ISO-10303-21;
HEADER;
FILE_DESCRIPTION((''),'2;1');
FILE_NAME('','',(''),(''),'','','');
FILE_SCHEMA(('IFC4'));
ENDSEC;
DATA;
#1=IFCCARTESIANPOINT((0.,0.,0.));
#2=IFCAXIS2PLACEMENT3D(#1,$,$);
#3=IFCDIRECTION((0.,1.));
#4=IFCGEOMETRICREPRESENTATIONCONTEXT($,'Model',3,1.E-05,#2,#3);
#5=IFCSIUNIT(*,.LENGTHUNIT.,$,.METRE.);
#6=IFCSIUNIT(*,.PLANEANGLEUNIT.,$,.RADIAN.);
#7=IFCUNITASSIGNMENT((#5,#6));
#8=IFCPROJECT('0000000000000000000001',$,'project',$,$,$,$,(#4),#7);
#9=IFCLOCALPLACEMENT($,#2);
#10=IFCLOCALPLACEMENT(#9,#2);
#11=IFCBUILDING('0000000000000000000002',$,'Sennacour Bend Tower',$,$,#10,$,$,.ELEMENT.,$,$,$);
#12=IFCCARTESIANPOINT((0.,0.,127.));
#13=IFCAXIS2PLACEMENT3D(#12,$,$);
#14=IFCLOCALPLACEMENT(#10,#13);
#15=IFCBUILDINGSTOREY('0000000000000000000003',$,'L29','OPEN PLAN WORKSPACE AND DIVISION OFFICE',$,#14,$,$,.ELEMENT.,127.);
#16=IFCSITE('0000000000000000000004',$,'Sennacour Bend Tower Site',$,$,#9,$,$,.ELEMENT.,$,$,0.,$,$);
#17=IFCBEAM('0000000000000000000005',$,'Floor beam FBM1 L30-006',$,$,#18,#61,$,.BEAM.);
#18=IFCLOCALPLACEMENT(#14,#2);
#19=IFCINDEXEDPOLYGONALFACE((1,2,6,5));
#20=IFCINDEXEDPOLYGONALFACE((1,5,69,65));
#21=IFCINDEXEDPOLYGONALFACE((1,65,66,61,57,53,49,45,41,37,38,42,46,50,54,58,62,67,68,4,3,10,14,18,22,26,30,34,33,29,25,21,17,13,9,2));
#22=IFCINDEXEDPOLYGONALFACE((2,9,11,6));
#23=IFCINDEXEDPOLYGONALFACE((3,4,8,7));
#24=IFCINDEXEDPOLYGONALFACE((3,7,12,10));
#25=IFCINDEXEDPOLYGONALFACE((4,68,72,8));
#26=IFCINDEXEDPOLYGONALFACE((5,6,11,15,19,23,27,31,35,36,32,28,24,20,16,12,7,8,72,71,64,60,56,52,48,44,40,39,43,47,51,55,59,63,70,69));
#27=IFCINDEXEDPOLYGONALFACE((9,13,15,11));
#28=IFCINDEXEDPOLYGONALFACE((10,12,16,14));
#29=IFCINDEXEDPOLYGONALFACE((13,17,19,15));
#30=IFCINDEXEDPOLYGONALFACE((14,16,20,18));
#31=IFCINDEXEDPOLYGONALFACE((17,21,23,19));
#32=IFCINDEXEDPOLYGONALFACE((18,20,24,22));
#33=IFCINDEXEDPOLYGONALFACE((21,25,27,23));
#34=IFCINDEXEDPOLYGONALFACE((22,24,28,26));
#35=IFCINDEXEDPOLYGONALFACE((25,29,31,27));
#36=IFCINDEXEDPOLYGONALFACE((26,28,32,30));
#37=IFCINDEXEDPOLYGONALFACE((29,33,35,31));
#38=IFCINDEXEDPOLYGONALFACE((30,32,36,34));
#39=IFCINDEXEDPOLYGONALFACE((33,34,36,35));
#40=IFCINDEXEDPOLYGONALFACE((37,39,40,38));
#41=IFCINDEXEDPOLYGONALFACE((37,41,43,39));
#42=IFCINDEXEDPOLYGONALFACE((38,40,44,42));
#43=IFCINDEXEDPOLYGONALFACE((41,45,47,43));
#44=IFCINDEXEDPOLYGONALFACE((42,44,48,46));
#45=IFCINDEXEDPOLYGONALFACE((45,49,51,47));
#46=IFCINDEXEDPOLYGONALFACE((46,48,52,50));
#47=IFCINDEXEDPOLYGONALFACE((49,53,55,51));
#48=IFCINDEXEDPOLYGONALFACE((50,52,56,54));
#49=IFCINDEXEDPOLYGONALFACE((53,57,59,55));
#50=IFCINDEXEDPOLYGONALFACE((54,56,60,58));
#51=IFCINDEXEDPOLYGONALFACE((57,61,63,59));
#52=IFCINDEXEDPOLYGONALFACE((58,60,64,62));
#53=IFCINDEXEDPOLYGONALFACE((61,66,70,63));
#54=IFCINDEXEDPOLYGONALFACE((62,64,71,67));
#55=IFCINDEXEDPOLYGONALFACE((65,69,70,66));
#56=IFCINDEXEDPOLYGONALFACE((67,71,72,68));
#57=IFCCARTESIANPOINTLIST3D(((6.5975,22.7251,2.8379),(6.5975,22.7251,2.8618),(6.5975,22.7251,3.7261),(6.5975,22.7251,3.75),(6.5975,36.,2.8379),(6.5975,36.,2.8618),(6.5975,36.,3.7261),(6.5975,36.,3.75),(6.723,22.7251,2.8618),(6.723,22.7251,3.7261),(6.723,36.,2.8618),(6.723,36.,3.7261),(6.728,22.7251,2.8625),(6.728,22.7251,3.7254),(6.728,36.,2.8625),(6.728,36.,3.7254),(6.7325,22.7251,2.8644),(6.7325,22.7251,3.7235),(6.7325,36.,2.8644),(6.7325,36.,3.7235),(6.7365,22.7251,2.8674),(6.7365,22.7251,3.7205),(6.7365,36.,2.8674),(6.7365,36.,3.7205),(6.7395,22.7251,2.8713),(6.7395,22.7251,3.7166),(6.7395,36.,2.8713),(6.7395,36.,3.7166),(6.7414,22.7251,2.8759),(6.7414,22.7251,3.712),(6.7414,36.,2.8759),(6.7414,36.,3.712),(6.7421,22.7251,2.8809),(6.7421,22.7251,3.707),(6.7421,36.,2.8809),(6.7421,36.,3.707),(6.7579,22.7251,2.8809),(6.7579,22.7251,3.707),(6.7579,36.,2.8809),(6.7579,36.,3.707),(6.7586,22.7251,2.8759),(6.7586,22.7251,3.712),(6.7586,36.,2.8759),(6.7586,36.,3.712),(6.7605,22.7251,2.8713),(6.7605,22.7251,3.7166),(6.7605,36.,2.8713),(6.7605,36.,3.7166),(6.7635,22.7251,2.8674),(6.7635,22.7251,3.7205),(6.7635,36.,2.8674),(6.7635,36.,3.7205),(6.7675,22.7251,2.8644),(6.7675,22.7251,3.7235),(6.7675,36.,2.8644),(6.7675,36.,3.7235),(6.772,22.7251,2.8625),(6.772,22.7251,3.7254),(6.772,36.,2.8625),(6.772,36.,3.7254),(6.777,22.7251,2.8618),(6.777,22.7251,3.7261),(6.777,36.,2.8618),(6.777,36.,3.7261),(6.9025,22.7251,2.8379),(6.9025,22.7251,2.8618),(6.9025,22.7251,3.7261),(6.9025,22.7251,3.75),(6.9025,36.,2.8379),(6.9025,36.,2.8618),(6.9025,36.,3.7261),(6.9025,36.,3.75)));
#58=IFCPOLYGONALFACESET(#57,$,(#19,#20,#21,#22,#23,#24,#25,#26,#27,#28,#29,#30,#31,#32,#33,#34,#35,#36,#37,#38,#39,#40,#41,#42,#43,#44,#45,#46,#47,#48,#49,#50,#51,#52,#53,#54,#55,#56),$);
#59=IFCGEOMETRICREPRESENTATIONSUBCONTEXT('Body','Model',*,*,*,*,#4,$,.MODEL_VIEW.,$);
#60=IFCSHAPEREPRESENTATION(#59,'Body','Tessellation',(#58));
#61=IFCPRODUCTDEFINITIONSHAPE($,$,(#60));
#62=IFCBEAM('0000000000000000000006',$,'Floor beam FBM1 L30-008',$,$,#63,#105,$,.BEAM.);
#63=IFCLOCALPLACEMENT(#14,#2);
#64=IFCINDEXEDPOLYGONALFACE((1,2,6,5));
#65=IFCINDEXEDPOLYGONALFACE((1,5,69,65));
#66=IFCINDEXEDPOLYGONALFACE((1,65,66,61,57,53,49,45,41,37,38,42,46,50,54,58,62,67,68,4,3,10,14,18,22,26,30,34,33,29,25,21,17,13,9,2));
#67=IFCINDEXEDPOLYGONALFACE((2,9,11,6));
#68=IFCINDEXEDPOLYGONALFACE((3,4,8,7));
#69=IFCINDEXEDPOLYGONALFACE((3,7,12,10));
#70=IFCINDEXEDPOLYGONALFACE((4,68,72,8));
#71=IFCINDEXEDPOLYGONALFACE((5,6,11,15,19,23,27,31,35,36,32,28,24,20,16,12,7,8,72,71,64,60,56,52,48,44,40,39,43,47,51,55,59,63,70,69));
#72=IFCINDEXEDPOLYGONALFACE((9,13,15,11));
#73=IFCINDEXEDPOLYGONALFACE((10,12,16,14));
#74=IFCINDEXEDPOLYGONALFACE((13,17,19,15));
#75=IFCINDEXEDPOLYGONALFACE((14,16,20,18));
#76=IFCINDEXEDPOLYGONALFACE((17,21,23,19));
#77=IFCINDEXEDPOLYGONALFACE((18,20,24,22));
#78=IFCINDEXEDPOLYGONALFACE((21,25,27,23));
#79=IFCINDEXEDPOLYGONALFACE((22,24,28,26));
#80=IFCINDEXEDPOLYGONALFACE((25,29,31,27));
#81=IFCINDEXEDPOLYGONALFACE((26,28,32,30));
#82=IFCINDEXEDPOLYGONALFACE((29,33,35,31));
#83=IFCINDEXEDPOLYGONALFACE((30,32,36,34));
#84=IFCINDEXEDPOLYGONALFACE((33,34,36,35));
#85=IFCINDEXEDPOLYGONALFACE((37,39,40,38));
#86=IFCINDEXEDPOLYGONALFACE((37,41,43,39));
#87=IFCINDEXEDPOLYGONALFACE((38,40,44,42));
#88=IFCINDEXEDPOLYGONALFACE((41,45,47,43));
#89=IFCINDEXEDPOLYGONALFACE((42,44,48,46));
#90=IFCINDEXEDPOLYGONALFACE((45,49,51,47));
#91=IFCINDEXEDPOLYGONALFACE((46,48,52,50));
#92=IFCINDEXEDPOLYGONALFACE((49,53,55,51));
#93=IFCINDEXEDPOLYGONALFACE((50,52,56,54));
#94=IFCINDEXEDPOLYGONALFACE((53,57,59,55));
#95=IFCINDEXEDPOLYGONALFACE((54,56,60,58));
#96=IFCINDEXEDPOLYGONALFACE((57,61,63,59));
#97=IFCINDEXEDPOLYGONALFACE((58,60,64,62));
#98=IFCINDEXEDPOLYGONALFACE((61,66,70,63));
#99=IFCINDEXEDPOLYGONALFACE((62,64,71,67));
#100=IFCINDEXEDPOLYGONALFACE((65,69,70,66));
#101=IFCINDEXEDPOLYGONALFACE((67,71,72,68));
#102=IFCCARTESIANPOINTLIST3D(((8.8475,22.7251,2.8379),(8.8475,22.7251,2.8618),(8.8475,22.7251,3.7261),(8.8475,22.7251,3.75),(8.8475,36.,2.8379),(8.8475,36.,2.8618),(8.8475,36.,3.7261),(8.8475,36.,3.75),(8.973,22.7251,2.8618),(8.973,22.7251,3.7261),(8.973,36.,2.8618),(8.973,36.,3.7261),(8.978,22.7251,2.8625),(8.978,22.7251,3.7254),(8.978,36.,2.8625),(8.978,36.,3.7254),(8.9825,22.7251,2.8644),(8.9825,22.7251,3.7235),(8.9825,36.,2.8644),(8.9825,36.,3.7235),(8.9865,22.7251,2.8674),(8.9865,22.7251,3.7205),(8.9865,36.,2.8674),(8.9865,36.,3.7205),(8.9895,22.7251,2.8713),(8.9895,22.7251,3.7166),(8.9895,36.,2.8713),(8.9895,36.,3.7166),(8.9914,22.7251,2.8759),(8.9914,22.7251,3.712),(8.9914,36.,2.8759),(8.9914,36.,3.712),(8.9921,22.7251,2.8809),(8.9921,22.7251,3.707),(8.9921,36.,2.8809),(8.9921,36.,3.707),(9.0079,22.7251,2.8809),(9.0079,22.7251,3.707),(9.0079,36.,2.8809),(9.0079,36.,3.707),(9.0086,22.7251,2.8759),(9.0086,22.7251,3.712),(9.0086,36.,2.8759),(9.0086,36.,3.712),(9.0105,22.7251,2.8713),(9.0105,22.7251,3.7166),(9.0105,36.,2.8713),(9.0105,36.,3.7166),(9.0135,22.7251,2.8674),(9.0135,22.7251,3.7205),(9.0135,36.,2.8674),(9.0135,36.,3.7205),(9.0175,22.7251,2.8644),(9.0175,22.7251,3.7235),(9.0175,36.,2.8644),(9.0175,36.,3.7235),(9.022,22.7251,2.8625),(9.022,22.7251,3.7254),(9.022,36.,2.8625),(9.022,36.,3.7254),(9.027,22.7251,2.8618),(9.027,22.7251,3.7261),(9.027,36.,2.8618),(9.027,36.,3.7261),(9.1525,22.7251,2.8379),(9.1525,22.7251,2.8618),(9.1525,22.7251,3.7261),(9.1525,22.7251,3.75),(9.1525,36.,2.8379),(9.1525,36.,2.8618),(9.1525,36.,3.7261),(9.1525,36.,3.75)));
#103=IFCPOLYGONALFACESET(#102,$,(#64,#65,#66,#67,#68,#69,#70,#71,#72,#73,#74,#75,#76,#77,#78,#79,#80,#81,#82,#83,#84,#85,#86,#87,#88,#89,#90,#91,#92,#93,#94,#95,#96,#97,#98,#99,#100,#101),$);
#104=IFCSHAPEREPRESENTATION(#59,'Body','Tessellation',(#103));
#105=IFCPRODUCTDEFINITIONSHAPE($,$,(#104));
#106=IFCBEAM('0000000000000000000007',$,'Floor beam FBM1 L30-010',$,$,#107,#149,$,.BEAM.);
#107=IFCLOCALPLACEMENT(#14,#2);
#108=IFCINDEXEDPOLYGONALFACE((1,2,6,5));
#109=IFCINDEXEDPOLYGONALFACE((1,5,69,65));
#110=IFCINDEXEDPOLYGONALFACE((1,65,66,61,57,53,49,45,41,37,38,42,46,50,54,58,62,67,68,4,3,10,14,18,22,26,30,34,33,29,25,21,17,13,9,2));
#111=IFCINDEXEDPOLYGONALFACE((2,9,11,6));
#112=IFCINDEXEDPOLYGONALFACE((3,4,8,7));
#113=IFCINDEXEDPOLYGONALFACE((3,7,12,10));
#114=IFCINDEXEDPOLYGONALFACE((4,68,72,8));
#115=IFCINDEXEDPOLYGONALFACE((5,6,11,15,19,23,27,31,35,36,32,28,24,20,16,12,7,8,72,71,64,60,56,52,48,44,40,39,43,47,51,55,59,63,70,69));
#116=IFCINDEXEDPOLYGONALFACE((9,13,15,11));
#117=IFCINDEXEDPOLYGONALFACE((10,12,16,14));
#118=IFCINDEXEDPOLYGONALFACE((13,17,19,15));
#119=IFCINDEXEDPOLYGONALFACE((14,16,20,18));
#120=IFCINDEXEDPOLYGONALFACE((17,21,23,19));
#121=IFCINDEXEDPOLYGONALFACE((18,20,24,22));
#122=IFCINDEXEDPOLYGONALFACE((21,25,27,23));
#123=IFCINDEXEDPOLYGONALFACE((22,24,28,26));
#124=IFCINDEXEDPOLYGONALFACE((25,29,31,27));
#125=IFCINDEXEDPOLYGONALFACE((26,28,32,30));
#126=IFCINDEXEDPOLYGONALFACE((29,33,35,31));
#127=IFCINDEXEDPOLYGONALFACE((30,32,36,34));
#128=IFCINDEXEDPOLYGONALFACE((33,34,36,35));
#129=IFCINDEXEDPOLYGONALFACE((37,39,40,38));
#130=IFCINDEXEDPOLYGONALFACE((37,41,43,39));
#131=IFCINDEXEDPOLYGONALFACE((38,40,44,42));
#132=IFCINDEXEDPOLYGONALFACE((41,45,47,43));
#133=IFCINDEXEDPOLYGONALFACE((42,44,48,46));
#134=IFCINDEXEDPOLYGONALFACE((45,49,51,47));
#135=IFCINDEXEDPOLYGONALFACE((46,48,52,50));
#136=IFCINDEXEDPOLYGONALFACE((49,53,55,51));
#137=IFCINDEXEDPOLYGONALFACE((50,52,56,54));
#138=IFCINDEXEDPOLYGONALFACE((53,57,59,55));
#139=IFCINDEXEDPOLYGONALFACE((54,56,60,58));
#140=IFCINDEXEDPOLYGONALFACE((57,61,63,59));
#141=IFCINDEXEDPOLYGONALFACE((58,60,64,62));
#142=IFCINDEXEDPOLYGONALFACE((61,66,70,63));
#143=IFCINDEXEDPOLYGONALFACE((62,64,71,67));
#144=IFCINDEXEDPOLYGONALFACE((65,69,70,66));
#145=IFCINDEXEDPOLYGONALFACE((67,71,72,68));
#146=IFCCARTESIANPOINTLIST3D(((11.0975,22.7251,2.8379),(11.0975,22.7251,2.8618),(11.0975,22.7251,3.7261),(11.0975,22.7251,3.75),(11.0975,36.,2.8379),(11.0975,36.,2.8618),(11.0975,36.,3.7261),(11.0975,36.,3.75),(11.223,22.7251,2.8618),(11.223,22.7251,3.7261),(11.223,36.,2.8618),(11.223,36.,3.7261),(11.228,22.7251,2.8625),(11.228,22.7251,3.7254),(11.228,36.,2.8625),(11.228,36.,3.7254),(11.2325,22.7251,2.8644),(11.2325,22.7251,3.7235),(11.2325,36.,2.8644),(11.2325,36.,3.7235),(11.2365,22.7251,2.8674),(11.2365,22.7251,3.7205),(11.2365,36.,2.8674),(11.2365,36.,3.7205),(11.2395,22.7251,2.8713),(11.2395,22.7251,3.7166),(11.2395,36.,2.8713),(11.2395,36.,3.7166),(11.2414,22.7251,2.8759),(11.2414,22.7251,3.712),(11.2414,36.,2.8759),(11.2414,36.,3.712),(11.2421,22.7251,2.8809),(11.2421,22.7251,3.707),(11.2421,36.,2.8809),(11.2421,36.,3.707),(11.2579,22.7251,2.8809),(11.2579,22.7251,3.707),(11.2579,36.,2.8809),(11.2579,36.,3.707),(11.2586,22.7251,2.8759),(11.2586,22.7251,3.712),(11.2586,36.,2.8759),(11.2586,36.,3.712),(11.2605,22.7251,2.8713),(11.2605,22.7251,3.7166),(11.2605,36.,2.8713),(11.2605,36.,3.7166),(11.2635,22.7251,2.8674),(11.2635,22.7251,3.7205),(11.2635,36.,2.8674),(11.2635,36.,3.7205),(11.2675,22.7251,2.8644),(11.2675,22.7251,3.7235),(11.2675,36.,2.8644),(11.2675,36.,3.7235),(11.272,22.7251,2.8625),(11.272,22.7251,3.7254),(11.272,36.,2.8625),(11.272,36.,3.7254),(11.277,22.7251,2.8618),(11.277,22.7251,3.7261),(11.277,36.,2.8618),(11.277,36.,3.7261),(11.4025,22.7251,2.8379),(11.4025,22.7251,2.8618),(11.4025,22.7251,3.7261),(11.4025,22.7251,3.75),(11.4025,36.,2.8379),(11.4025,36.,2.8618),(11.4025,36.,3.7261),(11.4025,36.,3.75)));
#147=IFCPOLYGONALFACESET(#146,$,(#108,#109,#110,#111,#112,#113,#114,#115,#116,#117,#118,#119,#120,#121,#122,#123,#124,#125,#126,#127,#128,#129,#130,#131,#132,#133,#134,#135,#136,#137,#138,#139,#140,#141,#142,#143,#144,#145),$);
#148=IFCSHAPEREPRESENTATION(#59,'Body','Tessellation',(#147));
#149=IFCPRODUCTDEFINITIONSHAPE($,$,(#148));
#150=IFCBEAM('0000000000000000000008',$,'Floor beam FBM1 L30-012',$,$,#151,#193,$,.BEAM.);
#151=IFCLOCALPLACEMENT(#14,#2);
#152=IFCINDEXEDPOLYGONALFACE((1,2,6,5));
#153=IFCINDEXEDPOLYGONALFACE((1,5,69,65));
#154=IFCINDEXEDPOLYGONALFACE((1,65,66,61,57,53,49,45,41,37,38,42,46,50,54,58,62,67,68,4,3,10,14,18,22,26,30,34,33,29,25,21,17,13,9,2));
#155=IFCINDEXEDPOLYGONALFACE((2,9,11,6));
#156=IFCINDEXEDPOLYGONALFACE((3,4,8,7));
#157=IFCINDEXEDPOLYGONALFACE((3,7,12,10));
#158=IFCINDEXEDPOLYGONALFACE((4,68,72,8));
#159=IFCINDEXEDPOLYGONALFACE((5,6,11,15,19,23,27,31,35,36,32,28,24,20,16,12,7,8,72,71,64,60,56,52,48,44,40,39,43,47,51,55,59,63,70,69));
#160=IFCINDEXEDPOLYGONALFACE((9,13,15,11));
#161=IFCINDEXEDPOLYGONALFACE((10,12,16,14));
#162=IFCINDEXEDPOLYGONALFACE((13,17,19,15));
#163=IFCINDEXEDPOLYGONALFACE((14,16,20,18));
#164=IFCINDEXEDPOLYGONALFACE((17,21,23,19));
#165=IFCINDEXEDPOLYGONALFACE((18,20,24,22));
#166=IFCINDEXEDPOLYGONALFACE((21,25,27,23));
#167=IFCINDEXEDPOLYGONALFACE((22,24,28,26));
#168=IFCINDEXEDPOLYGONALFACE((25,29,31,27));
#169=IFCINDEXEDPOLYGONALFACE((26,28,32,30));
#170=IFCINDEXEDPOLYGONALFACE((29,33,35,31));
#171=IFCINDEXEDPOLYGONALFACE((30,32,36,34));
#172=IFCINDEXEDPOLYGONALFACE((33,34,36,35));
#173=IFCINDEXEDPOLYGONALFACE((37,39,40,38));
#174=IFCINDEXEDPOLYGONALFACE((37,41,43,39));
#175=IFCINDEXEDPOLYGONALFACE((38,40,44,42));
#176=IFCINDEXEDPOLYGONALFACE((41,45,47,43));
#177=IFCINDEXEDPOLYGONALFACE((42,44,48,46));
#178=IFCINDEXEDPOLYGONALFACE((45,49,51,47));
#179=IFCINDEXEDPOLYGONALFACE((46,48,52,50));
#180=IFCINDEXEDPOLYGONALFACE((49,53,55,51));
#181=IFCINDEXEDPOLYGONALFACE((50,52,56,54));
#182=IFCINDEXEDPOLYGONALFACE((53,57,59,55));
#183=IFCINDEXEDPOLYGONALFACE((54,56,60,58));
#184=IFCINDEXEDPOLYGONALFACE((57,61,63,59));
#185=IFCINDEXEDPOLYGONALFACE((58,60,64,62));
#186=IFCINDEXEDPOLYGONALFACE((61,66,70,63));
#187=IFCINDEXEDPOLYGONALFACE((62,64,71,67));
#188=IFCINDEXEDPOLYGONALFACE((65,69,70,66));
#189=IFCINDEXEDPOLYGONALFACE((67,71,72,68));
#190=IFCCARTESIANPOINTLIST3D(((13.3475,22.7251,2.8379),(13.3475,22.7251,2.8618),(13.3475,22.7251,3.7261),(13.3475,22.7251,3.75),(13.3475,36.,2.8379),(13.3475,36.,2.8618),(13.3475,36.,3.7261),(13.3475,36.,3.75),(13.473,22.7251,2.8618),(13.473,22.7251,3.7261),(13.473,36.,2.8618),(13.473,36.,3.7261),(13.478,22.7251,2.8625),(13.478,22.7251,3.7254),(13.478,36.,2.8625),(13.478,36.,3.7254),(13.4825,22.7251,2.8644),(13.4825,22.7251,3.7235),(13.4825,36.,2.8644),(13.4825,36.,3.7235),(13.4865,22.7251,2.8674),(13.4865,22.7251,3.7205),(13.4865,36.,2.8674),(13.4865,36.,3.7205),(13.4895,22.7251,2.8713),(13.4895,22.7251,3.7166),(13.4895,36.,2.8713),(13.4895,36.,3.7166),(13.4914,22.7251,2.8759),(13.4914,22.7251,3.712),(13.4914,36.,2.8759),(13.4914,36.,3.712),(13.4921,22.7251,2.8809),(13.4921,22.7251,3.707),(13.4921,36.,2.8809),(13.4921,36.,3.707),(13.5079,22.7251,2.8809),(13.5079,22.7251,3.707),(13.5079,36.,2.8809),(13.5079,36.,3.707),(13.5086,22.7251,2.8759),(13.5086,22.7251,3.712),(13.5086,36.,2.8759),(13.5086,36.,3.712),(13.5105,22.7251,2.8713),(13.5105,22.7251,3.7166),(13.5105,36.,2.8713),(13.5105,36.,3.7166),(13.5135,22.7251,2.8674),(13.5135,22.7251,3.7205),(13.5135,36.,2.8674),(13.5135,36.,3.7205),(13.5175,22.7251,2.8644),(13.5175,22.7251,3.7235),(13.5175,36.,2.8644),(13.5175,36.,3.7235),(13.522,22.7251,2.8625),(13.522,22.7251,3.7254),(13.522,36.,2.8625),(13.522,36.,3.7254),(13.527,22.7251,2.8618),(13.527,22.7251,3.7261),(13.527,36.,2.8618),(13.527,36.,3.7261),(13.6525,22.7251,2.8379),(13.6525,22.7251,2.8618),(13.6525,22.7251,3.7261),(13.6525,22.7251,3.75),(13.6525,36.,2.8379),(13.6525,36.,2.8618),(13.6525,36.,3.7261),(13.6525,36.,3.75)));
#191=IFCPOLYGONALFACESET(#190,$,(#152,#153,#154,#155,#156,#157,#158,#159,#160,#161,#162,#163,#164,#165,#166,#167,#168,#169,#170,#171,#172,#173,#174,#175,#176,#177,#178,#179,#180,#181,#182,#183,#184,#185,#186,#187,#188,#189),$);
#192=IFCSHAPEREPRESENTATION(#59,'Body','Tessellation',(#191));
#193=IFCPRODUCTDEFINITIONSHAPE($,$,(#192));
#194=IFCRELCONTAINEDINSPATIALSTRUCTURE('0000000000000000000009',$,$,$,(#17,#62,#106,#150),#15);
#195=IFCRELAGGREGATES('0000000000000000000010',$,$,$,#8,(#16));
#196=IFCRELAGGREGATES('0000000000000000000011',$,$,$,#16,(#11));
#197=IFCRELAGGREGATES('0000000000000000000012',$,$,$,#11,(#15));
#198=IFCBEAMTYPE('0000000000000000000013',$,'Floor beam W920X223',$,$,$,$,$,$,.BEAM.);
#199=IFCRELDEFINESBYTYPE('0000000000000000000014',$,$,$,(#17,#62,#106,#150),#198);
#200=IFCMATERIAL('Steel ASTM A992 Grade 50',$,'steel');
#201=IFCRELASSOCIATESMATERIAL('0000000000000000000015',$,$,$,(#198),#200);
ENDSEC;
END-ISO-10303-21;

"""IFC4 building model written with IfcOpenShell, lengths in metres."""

from ifc_helpers import new_model, si_unit, direction, frame, origin, origin_2d, place, context, subcontext, project, spatial, i_section, extrude, material, material_profile, profile_set, type_object, element, save


model = new_model("IFC4")

# Units and contexts
model_context = context("Model", 3, precision=1e-05, world=origin(), true_north=direction((0.0, 1.0)))
body_context = subcontext(model_context, "Body", "Model", "MODEL_VIEW")
ifc_project = project(units=[si_unit("LENGTHUNIT", "METRE"), si_unit("PLANEANGLEUNIT", "RADIAN")], contexts=[model_context])

# Site, building, storey
site_placement = place(None, origin())
site = spatial("IfcSite", under=ifc_project, at=site_placement, Name="Sennacour Bend Tower Site", CompositionType="ELEMENT", RefElevation=0.0)
building_placement = place(site_placement, origin())
building = spatial("IfcBuilding", under=site, at=building_placement, Name="Sennacour Bend Tower", CompositionType="ELEMENT")
storey_placement = place(building_placement, frame((0.0, 0.0, 127.0)))
storey = spatial("IfcBuildingStorey", under=building, at=storey_placement, Name="L29", Description="OPEN PLAN WORKSPACE AND DIVISION OFFICE", CompositionType="ELEMENT", Elevation=127.0)

# Beams
ifc_material_1 = material(Name="Steel ASTM A992 Grade 50", Category="steel")
ifc_material_profile_1 = material_profile(ifc_material_1, i_section(OverallWidth=0.3049, OverallDepth=0.9121, WebThickness=0.0159, FlangeThickness=0.0239, FilletRadius=0.019, at=origin_2d()), Name="Steel ASTM A992 Grade 50", Category="steel")
ifc_profile_set_1 = profile_set([ifc_material_profile_1], Name="Steel ASTM A992 Grade 50")
beam_type_1 = type_object("IfcBeamType", Name="Floor beam W920X223", PredefinedType="BEAM", material=ifc_profile_set_1)
for number, where, z_axis, x_axis, name in (
    (1, (6.75, 22.7251, 3.2939), (0.0, 1.0, 0.0), (-1.0, 0.0, 0.0), "Floor beam FBM1 L30-006"),
    (2, (9.0, 22.7251, 3.2939), (0.0, 1.0, 0.0), (-1.0, 0.0, 0.0), "Floor beam FBM1 L30-008"),
    (3, (11.25, 22.7251, 3.2939), (0.0, 1.0, 0.0), (-1.0, 0.0, 0.0), "Floor beam FBM1 L30-010"),
    (4, (13.5, 22.7251, 3.2939), (0.0, 1.0, 0.0), (-1.0, 0.0, 0.0), "Floor beam FBM1 L30-012"),
):
    element("IfcBeam", number, at=place(storey_placement, frame(where, z_axis=z_axis, x_axis=x_axis)), inside=storey, type_object=beam_type_1, Name=name, PredefinedType="BEAM", context=body_context, shape_type="SweptSolid", body=[
        extrude(i_section(OverallWidth=0.3049, OverallDepth=0.9121, WebThickness=0.0159, FlangeThickness=0.0239, FilletRadius=0.019, at=origin_2d()), origin(), (0.0, 0.0, 1.0), 13.2749),
    ])

save(model, "model.ifc")
